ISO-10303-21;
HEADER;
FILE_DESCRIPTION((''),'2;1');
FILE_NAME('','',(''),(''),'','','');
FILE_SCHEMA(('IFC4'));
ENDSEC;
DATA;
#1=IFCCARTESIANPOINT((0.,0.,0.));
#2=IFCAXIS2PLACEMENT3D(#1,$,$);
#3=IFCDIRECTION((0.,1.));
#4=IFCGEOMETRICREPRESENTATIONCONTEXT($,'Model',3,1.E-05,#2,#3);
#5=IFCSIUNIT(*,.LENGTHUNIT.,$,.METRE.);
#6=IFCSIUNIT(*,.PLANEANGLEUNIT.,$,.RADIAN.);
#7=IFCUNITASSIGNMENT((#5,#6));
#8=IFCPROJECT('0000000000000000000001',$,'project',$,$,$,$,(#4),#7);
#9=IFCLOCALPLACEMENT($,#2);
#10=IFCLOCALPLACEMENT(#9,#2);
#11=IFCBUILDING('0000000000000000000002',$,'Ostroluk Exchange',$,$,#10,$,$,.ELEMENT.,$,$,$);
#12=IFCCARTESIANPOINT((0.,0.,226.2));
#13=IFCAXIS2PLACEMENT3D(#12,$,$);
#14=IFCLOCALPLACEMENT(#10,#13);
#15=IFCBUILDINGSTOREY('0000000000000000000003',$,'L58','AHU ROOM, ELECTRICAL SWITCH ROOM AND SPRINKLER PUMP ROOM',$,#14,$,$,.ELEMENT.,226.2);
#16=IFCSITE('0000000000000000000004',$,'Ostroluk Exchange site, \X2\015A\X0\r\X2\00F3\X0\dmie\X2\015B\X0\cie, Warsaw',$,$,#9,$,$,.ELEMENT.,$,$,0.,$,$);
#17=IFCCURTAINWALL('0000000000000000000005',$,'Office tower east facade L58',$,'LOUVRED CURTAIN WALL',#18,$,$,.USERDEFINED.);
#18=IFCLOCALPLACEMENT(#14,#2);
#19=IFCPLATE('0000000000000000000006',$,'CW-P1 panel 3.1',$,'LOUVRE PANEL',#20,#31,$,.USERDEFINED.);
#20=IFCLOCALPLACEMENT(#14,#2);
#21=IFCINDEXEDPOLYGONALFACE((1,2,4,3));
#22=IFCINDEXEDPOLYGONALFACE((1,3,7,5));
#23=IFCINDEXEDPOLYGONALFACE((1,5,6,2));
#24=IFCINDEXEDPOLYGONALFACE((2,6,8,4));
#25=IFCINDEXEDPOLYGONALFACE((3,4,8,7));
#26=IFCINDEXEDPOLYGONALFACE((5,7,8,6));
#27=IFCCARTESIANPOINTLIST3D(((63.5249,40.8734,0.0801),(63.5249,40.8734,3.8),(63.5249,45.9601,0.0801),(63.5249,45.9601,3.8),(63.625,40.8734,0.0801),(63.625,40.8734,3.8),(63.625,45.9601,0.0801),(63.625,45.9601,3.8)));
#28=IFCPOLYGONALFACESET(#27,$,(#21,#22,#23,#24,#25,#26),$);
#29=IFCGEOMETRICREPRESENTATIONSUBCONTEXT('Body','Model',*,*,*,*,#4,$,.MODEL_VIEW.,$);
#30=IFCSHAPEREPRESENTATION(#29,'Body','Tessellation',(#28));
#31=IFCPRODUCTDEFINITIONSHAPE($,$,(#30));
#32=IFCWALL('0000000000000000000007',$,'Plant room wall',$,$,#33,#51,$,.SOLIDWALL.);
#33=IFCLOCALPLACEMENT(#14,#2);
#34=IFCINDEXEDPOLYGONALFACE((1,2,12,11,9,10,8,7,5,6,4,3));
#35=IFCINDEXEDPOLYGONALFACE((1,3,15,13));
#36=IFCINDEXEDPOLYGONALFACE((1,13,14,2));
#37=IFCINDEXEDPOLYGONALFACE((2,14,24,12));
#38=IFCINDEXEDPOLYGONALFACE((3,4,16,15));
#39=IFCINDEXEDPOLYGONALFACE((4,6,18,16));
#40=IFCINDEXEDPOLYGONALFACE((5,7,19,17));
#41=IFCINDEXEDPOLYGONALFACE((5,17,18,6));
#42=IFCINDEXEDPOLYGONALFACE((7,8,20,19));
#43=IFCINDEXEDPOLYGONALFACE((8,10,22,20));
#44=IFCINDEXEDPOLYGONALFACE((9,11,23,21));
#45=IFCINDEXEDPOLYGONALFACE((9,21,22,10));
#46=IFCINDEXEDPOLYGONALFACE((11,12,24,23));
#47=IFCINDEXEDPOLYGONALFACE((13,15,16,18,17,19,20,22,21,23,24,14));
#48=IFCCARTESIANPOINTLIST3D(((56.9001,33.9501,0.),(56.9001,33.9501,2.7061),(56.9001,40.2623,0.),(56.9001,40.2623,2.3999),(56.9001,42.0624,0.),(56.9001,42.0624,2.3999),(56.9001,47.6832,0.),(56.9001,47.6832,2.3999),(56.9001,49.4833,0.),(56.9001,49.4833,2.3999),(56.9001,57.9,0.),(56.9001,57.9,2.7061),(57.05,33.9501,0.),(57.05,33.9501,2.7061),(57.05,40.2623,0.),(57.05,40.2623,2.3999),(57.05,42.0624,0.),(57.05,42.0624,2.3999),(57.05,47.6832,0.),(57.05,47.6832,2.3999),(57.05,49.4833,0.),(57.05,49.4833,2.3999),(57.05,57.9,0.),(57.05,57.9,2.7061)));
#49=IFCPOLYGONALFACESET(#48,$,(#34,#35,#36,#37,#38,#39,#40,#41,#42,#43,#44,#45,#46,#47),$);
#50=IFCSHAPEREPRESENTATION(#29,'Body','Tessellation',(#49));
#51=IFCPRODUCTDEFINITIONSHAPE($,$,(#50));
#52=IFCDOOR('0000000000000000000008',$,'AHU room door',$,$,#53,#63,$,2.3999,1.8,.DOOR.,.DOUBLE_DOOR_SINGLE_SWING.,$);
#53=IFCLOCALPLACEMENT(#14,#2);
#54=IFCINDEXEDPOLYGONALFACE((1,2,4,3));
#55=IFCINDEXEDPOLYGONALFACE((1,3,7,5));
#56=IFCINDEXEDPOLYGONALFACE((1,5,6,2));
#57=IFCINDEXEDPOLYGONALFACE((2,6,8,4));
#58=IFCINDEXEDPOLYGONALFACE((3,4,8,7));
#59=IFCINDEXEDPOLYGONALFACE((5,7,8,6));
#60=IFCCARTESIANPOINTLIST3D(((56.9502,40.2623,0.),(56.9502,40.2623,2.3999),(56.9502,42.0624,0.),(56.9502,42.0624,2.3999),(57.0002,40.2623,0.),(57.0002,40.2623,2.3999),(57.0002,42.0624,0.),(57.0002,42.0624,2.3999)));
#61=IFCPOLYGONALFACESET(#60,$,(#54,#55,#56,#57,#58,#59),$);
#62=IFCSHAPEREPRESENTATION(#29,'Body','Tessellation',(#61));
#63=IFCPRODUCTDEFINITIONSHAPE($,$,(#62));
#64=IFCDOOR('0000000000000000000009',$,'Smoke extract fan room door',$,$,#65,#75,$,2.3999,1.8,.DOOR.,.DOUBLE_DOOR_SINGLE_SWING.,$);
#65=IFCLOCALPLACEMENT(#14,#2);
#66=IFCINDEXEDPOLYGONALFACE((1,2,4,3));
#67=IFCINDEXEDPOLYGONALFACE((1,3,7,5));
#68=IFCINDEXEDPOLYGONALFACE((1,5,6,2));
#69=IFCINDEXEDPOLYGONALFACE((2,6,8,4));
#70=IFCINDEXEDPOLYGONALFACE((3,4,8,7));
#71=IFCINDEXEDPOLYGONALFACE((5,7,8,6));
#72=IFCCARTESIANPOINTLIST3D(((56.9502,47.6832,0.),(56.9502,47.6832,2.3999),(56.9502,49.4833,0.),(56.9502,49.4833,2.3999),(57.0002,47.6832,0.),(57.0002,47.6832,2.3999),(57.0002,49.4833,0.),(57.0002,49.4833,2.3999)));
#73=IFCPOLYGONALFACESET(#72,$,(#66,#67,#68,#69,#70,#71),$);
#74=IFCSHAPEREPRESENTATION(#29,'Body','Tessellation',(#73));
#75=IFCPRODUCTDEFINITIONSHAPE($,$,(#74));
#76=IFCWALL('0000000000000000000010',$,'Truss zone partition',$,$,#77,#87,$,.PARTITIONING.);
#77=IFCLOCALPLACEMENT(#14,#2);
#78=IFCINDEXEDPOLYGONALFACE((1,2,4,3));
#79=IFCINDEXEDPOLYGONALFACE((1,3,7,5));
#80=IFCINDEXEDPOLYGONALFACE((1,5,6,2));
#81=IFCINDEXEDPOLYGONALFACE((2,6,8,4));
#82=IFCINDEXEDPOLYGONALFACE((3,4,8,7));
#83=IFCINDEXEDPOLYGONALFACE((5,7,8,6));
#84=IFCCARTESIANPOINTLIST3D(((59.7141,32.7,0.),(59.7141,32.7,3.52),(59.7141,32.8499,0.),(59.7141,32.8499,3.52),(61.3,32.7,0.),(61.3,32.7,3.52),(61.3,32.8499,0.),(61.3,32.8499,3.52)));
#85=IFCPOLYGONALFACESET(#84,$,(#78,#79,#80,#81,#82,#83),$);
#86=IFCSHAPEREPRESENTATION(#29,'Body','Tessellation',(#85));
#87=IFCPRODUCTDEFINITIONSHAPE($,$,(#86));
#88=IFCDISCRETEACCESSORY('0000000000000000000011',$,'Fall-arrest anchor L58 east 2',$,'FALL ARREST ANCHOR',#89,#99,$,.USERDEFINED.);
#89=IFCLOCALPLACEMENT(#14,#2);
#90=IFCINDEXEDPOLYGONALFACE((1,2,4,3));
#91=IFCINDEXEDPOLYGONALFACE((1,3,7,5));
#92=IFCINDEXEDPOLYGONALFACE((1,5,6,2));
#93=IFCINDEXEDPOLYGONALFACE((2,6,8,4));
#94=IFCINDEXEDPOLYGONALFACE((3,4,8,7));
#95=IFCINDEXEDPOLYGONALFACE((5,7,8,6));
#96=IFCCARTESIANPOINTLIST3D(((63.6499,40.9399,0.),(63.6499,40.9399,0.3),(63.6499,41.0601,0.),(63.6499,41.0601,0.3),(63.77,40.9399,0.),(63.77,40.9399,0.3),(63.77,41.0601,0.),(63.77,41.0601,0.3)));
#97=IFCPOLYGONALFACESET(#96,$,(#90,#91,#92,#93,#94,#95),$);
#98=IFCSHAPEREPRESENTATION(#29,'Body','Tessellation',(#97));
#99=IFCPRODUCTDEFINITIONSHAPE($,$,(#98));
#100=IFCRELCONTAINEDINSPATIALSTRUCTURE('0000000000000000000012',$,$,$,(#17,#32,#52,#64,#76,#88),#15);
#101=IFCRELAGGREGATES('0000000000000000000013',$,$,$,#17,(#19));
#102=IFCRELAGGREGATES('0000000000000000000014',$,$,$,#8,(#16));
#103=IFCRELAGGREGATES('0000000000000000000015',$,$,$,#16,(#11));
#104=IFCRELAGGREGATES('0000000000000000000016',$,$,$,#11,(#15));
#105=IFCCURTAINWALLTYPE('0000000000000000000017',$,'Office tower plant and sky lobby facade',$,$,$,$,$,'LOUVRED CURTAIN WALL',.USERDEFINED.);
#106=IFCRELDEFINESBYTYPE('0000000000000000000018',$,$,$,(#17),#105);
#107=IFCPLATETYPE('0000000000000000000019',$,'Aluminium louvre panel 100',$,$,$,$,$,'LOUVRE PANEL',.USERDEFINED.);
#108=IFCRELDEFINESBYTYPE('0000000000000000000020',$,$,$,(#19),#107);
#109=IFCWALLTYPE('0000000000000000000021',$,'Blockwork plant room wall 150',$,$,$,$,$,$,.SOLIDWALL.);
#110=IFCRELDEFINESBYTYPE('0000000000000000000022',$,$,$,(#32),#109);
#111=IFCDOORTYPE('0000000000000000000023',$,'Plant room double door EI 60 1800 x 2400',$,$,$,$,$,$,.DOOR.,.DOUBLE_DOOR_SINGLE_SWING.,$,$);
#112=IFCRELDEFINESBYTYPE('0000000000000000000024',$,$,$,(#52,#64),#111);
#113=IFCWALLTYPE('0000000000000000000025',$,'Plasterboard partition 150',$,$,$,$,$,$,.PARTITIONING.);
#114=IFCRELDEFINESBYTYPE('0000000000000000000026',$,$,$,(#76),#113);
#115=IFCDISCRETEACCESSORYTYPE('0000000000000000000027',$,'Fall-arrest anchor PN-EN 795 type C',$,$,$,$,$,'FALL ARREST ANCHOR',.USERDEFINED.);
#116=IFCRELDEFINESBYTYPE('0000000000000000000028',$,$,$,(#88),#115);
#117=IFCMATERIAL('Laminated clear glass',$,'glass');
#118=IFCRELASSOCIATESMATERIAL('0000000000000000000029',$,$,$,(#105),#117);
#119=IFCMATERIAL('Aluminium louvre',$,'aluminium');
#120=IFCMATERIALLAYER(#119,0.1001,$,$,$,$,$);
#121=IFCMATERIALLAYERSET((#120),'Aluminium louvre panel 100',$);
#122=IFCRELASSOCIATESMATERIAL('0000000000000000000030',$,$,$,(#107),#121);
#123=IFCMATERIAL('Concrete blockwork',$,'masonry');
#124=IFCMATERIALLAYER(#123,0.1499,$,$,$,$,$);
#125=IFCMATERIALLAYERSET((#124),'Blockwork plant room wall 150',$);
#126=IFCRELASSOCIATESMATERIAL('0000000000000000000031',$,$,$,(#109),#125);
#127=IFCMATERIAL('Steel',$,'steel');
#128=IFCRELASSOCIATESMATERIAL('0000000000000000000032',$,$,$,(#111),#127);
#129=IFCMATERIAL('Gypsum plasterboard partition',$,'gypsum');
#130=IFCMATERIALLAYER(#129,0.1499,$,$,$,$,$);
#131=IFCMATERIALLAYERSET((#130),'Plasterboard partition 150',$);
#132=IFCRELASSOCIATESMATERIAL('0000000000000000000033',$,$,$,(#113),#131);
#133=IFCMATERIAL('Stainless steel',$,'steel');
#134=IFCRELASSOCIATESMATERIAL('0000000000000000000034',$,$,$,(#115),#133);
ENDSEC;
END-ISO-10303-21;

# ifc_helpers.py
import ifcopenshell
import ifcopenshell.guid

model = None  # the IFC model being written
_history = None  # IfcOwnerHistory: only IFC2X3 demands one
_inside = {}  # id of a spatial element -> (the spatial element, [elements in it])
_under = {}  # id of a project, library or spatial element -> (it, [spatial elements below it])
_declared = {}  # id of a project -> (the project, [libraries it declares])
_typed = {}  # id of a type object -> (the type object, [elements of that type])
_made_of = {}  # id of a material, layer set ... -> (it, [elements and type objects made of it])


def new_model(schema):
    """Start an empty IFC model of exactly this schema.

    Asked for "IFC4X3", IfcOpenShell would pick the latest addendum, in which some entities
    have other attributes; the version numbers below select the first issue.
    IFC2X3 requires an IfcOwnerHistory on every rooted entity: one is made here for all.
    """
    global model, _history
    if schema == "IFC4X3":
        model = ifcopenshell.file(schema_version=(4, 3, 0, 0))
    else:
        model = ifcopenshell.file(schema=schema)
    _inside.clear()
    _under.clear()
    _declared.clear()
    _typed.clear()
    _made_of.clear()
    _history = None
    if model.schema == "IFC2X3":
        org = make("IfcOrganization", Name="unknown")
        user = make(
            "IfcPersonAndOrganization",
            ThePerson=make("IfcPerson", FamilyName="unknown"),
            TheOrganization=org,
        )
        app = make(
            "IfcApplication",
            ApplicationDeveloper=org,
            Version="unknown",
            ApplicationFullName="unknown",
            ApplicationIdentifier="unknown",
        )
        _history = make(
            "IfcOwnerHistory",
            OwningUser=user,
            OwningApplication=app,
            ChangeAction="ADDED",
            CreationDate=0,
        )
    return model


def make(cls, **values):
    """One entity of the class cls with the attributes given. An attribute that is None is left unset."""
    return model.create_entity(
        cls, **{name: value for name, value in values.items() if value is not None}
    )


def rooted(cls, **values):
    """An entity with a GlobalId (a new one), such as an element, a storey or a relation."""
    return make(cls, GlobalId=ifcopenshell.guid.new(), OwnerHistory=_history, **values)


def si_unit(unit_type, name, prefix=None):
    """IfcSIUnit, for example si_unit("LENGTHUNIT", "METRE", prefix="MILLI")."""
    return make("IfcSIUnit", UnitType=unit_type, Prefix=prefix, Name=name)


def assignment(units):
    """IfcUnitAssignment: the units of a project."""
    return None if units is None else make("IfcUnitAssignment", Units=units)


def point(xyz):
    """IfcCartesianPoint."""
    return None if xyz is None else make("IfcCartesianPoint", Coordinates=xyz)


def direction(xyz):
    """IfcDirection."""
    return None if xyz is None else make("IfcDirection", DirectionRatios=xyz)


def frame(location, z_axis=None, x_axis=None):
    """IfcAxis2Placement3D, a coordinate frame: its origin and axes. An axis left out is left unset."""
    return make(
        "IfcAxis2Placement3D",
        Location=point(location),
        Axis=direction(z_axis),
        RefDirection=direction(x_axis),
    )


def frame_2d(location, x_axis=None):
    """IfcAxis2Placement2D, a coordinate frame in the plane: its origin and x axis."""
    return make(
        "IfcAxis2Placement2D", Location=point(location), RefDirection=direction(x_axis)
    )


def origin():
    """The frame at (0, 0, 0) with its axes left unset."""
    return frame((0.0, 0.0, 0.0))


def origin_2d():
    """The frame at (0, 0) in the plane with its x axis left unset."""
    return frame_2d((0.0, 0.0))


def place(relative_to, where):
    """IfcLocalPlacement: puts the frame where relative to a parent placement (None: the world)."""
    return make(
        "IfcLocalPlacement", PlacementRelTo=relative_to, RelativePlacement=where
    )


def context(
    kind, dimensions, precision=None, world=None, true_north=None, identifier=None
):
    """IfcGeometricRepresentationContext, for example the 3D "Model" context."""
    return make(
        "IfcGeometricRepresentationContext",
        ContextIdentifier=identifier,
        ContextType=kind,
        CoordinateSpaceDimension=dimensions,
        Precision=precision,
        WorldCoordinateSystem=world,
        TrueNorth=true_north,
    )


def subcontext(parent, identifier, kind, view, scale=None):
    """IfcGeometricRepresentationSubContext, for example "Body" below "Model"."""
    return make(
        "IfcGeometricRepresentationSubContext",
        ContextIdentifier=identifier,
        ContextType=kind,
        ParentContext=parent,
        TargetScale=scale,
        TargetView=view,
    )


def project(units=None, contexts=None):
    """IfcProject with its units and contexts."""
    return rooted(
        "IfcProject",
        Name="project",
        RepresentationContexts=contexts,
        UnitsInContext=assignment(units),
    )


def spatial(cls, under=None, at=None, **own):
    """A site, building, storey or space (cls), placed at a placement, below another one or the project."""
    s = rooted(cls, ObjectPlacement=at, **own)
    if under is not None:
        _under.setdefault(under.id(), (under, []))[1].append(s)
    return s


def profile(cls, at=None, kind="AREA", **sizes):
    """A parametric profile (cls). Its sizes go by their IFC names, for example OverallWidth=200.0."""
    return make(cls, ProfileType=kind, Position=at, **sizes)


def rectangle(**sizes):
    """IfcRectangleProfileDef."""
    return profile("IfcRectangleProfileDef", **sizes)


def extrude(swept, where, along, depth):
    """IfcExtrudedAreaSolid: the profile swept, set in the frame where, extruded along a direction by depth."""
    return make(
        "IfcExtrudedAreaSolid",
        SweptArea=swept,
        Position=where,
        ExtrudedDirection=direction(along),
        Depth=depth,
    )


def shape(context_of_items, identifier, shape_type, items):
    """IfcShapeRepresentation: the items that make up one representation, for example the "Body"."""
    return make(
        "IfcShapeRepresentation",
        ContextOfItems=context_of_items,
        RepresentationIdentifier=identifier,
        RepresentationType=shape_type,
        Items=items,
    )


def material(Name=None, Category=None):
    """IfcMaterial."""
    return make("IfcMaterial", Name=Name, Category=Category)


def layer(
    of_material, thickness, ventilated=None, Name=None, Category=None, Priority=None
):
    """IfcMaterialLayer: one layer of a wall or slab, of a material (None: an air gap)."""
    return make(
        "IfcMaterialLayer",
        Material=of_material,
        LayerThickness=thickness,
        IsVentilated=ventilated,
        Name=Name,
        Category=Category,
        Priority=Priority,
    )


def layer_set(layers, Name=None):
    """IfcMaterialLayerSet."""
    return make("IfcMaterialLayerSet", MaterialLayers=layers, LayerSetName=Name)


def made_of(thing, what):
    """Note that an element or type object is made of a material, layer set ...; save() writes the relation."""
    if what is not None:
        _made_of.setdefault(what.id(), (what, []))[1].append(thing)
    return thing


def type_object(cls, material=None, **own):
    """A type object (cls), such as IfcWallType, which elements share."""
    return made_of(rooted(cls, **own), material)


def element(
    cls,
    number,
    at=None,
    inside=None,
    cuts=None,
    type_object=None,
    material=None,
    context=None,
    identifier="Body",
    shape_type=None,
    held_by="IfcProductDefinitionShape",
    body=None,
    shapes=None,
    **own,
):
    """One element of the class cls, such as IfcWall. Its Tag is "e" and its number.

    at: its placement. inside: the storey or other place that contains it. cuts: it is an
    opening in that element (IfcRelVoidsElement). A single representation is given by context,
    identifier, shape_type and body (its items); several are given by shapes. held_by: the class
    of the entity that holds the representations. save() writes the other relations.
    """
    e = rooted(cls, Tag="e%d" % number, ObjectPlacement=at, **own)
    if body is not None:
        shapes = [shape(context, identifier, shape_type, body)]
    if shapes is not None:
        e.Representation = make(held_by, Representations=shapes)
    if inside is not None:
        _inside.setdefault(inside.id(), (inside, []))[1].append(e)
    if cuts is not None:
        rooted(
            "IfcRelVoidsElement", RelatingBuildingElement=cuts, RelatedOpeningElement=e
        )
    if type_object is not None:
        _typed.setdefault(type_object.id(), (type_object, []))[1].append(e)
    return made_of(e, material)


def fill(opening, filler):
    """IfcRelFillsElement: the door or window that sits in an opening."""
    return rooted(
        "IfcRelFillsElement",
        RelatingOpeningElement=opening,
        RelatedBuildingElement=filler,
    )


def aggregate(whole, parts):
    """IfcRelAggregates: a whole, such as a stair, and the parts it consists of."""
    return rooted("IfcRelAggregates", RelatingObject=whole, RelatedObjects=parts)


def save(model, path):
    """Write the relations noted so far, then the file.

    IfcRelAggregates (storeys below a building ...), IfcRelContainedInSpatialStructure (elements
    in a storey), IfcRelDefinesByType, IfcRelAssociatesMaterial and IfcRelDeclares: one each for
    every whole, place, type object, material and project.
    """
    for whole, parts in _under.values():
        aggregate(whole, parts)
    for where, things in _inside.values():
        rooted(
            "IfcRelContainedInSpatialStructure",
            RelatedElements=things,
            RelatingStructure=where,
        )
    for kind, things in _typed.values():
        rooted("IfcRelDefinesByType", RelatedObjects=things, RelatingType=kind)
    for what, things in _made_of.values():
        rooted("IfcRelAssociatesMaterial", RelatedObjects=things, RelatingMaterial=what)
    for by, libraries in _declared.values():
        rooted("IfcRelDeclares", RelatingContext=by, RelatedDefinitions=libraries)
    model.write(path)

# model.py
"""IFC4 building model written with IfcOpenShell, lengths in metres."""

from ifc_helpers import new_model, si_unit, direction, frame, frame_2d, origin, origin_2d, place, context, subcontext, project, spatial, rectangle, extrude, material, layer, layer_set, type_object, element, fill, aggregate, save


model = new_model("IFC4")

# Units and contexts
model_context = context("Model", 3, precision=1e-05, world=origin(), true_north=direction((0.0, 1.0)))
body_context = subcontext(model_context, "Body", "Model", "MODEL_VIEW")
ifc_project = project(units=[si_unit("LENGTHUNIT", "METRE"), si_unit("PLANEANGLEUNIT", "RADIAN")], contexts=[model_context])

# Site, building, storey
site_placement = place(None, origin())
site = spatial("IfcSite", under=ifc_project, at=site_placement, Name="Ostroluk Exchange site, Śródmieście, Warsaw", CompositionType="ELEMENT", RefElevation=0.0)
building_placement = place(site_placement, origin())
building = spatial("IfcBuilding", under=site, at=building_placement, Name="Ostroluk Exchange", CompositionType="ELEMENT")
storey_placement = place(building_placement, frame((0.0, 0.0, 226.2)))
storey = spatial("IfcBuildingStorey", under=building, at=storey_placement, Name="L58", Description="AHU ROOM, ELECTRICAL SWITCH ROOM AND SPRINKLER PUMP ROOM", CompositionType="ELEMENT", Elevation=226.2)

# Curtain wall, plate
ifc_material_1 = material(Name="Laminated clear glass", Category="glass")
curtain_wall_type = type_object("IfcCurtainWallType", Name="Office tower plant and sky lobby facade", ElementType="LOUVRED CURTAIN WALL", PredefinedType="USERDEFINED", material=ifc_material_1)
curtain_wall_placement = place(storey_placement, origin())
curtain_wall = element("IfcCurtainWall", 1, at=curtain_wall_placement, inside=storey, type_object=curtain_wall_type, Name="Office tower east facade L58", ObjectType="LOUVRED CURTAIN WALL", PredefinedType="USERDEFINED")
ifc_material_2 = material(Name="Aluminium louvre", Category="aluminium")
ifc_layer_1 = layer(ifc_material_2, 0.1001)
ifc_layer_set_1 = layer_set([ifc_layer_1], Name="Aluminium louvre panel 100")
plate_type = type_object("IfcPlateType", Name="Aluminium louvre panel 100", ElementType="LOUVRE PANEL", PredefinedType="USERDEFINED", material=ifc_layer_set_1)
plate_1_placement = place(storey_placement, frame((63.575, 43.4167, 0.0801), z_axis=(0.0, 0.0, 1.0), x_axis=(0.0, 1.0, 0.0)))
plate_1 = element("IfcPlate", 2, at=plate_1_placement, type_object=plate_type, Name="CW-P1 panel 3.1", ObjectType="LOUVRE PANEL", PredefinedType="USERDEFINED", context=body_context, shape_type="SweptSolid", body=[
    extrude(rectangle(XDim=5.0867, YDim=0.1001, at=origin_2d()), origin(), (0.0, 0.0, 1.0), 3.72),
])
aggregate(curtain_wall, [plate_1])

# Wall, openings, doors
ifc_material_3 = material(Name="Concrete blockwork", Category="masonry")
ifc_layer_2 = layer(ifc_material_3, 0.1499)
ifc_layer_set_2 = layer_set([ifc_layer_2], Name="Blockwork plant room wall 150")
wall_type_1 = type_object("IfcWallType", Name="Blockwork plant room wall 150", PredefinedType="SOLIDWALL", material=ifc_layer_set_2)
wall_1_placement = place(storey_placement, frame((56.9751, 33.95, 0.0), z_axis=(0.0, 0.0, 1.0), x_axis=(0.0, 1.0, 0.0)))
wall_1 = element("IfcWall", 3, at=wall_1_placement, inside=storey, type_object=wall_type_1, Name="Plant room wall", PredefinedType="SOLIDWALL", context=body_context, shape_type="SweptSolid", body=[
    extrude(rectangle(XDim=23.95, YDim=0.1499, at=frame_2d((11.9751, 0.0))), origin(), (0.0, 0.0, 1.0), 2.7061),
])
opening_1_placement = place(wall_1_placement, frame((6.3125, 0.0, 0.0)))
opening_1 = element("IfcOpeningElement", 4, at=opening_1_placement, cuts=wall_1, PredefinedType="OPENING", context=body_context, shape_type="SweptSolid", body=[
    extrude(rectangle(XDim=1.8, YDim=2.3999, at=frame_2d((0.8999, 1.2))), frame((0.0, 0.085, 0.0), z_axis=(0.0, -1.0, 0.0), x_axis=(1.0, 0.0, 0.0)), (0.0, 0.0, 1.0), 0.1699),
])
opening_2_placement = place(wall_1_placement, frame((13.7334, 0.0, 0.0)))
opening_2 = element("IfcOpeningElement", 5, at=opening_2_placement, cuts=wall_1, PredefinedType="OPENING", context=body_context, shape_type="SweptSolid", body=[
    extrude(rectangle(XDim=1.8, YDim=2.3999, at=frame_2d((0.8999, 1.2))), frame((0.0, 0.085, 0.0), z_axis=(0.0, -1.0, 0.0), x_axis=(1.0, 0.0, 0.0)), (0.0, 0.0, 1.0), 0.1699),
])
ifc_material_4 = material(Name="Steel", Category="steel")
door_type = type_object("IfcDoorType", Name="Plant room double door EI 60 1800 x 2400", OperationType="DOUBLE_DOOR_SINGLE_SWING", PredefinedType="DOOR", material=ifc_material_4)
door_1_placement = place(opening_1_placement, origin())
door_1 = element("IfcDoor", 6, at=door_1_placement, inside=storey, type_object=door_type, Name="AHU room door", OperationType="DOUBLE_DOOR_SINGLE_SWING", OverallHeight=2.3999, OverallWidth=1.8, PredefinedType="DOOR", context=body_context, shape_type="SweptSolid", body=[
    extrude(rectangle(XDim=1.8, YDim=2.3999, at=frame_2d((0.8999, 1.2))), frame((0.0, 0.0249, 0.0), z_axis=(0.0, -1.0, 0.0), x_axis=(1.0, 0.0, 0.0)), (0.0, 0.0, 1.0), 0.05),
])
fill(opening_1, door_1)
door_2_placement = place(opening_2_placement, origin())
door_2 = element("IfcDoor", 7, at=door_2_placement, inside=storey, type_object=door_type, Name="Smoke extract fan room door", OperationType="DOUBLE_DOOR_SINGLE_SWING", OverallHeight=2.3999, OverallWidth=1.8, PredefinedType="DOOR", context=body_context, shape_type="SweptSolid", body=[
    extrude(rectangle(XDim=1.8, YDim=2.3999, at=frame_2d((0.8999, 1.2))), frame((0.0, 0.0249, 0.0), z_axis=(0.0, -1.0, 0.0), x_axis=(1.0, 0.0, 0.0)), (0.0, 0.0, 1.0), 0.05),
])
fill(opening_2, door_2)

# Wall
ifc_material_5 = material(Name="Gypsum plasterboard partition", Category="gypsum")
ifc_layer_3 = layer(ifc_material_5, 0.1499)
ifc_layer_set_3 = layer_set([ifc_layer_3], Name="Plasterboard partition 150")
wall_type_2 = type_object("IfcWallType", Name="Plasterboard partition 150", PredefinedType="PARTITIONING", material=ifc_layer_set_3)
wall_2_placement = place(storey_placement, frame((61.3, 32.7749, 0.0), z_axis=(0.0, 0.0, 1.0), x_axis=(-1.0, 0.0, 0.0)))
element("IfcWall", 8, at=wall_2_placement, inside=storey, type_object=wall_type_2, Name="Truss zone partition", PredefinedType="PARTITIONING", context=body_context, shape_type="SweptSolid", body=[
    extrude(rectangle(XDim=1.5859, YDim=0.1499, at=frame_2d((0.793, 0.0))), origin(), (0.0, 0.0, 1.0), 3.52),
])

# Discrete accessory
ifc_material_6 = material(Name="Stainless steel", Category="steel")
discrete_accessory_type = type_object("IfcDiscreteAccessoryType", Name="Fall-arrest anchor PN-EN 795 type C", ElementType="FALL ARREST ANCHOR", PredefinedType="USERDEFINED", material=ifc_material_6)
discrete_accessory_placement = place(storey_placement, frame((63.71, 41.0, 0.0), z_axis=(0.0, 0.0, 1.0), x_axis=(1.0, 0.0, 0.0)))
element("IfcDiscreteAccessory", 9, at=discrete_accessory_placement, inside=storey, type_object=discrete_accessory_type, Name="Fall-arrest anchor L58 east 2", ObjectType="FALL ARREST ANCHOR", PredefinedType="USERDEFINED", context=body_context, shape_type="SweptSolid", body=[
    extrude(rectangle(XDim=0.1201, YDim=0.1201, at=origin_2d()), origin(), (0.0, 0.0, 1.0), 0.3),
])

save(model, "model.ifc")
